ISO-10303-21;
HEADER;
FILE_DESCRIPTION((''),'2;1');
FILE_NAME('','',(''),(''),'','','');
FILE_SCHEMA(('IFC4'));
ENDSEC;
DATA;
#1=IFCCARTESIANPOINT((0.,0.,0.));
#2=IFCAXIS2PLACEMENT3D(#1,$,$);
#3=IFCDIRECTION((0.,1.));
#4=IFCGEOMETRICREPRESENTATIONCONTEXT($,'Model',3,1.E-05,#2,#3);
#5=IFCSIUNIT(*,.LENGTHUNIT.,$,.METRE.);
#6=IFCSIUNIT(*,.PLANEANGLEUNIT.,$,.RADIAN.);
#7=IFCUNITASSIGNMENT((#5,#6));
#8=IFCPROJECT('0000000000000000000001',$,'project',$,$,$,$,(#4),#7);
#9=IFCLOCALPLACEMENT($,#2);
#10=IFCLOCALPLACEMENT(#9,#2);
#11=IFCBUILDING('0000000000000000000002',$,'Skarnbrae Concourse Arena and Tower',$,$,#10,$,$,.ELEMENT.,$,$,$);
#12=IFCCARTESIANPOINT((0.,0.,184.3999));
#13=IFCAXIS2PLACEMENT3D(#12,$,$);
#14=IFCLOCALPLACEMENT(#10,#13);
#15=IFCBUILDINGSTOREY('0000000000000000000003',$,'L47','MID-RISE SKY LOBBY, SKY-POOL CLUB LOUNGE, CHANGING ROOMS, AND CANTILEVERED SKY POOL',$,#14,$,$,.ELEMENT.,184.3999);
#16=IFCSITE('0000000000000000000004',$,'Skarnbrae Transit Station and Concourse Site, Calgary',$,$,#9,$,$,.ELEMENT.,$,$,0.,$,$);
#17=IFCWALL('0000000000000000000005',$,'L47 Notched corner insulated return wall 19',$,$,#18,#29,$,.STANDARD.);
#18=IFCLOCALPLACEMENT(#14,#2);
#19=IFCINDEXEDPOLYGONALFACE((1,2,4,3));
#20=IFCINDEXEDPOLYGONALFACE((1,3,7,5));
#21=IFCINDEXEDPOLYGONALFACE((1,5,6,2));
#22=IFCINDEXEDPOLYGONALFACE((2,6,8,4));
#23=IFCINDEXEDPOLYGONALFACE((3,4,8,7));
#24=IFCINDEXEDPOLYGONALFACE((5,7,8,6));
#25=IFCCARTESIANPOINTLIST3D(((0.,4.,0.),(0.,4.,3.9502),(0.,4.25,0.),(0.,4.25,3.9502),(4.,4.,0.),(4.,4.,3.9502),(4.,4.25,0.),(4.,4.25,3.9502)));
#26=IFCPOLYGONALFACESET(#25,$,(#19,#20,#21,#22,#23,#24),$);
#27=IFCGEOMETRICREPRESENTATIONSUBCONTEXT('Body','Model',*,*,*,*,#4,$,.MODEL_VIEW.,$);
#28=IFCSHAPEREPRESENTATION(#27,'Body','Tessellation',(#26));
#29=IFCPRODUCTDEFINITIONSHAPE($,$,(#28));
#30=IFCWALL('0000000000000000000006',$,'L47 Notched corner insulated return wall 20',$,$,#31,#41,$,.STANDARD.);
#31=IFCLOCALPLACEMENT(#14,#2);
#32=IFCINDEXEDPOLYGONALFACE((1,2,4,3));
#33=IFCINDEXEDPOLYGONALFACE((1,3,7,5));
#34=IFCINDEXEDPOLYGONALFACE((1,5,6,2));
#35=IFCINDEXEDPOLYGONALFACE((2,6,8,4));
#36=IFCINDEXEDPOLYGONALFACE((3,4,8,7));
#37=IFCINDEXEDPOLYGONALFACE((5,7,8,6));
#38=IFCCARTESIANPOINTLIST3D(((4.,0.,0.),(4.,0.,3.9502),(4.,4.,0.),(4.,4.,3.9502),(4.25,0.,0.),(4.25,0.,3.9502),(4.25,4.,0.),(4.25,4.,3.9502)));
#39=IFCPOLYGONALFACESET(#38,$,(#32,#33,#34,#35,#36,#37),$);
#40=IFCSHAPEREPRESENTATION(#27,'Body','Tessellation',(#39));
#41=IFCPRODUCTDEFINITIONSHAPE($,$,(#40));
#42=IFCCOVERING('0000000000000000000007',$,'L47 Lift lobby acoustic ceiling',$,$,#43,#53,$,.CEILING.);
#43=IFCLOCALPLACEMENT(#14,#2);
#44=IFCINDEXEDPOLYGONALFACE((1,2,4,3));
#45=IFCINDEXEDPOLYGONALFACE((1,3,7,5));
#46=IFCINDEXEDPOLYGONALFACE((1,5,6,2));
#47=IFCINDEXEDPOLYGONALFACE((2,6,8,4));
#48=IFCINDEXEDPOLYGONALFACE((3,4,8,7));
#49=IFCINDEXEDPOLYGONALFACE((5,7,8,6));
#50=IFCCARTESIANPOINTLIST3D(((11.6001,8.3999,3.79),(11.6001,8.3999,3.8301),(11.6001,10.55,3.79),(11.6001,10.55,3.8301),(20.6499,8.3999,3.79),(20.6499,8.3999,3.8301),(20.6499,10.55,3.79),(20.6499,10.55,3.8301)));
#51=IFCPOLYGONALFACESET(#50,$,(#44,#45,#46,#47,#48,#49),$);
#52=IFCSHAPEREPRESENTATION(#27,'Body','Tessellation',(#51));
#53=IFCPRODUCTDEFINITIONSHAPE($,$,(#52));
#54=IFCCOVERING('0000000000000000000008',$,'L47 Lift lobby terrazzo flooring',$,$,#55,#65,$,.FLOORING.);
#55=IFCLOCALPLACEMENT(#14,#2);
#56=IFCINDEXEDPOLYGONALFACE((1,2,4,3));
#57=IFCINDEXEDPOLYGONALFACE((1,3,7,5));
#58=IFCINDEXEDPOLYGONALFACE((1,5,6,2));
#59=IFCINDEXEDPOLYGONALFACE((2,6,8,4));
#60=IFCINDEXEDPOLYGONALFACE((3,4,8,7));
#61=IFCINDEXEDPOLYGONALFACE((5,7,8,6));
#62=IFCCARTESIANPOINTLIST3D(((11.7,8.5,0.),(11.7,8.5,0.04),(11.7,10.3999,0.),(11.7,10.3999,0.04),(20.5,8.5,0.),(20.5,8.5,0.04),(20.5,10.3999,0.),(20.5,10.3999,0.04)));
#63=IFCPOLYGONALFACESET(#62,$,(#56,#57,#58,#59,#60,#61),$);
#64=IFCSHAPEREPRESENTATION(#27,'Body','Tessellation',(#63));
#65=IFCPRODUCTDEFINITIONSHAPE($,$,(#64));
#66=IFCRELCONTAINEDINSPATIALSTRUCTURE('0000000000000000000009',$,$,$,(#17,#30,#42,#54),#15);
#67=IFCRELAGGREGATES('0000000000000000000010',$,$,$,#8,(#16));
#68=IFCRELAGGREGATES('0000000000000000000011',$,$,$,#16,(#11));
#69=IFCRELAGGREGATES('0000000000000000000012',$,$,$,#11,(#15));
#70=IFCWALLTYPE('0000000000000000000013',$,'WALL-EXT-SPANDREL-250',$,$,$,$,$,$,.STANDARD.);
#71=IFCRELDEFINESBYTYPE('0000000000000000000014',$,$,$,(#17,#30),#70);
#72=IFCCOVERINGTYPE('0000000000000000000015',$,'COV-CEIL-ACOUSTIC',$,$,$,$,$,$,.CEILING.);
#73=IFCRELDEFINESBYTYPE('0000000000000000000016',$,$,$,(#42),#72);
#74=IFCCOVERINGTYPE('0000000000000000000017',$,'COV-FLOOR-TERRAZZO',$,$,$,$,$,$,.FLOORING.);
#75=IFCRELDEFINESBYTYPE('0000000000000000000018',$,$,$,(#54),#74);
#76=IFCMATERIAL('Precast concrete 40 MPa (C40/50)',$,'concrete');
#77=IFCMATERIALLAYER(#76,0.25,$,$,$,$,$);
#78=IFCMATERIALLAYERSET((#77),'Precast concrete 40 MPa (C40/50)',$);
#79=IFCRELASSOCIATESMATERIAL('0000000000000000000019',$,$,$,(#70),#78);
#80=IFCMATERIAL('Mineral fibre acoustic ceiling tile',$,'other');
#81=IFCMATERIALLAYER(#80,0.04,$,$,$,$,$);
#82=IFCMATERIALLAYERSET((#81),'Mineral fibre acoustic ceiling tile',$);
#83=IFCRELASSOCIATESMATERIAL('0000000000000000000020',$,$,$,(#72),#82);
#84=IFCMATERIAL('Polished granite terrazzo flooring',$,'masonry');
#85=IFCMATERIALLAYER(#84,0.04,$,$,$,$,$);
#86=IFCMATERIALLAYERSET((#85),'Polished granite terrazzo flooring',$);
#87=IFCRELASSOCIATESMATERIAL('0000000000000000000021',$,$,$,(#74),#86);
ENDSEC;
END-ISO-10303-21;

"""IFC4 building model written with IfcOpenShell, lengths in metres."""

from ifc_helpers import new_model, si_unit, direction, frame, frame_2d, origin, place, context, subcontext, project, spatial, polyline, rectangle, outline, extrude, source, transform, mapped, material, layer, layer_set, type_object, element, save


model = new_model("IFC4")

# Units and contexts
model_context = context("Model", 3, precision=1e-05, world=origin(), true_north=direction((0.0, 1.0)))
body_context = subcontext(model_context, "Body", "Model", "MODEL_VIEW")
ifc_project = project(units=[si_unit("LENGTHUNIT", "METRE"), si_unit("PLANEANGLEUNIT", "RADIAN")], contexts=[model_context])

# Site, building, storey
site_placement = place(None, origin())
site = spatial("IfcSite", under=ifc_project, at=site_placement, Name="Skarnbrae Transit Station and Concourse Site, Calgary", CompositionType="ELEMENT", RefElevation=0.0)
building_placement = place(site_placement, origin())
building = spatial("IfcBuilding", under=site, at=building_placement, Name="Skarnbrae Concourse Arena and Tower", CompositionType="ELEMENT")
storey_placement = place(building_placement, frame((0.0, 0.0, 184.3999)))
storey = spatial("IfcBuildingStorey", under=building, at=storey_placement, Name="L47", Description="MID-RISE SKY LOBBY, SKY-POOL CLUB LOUNGE, CHANGING ROOMS, AND CANTILEVERED SKY POOL", CompositionType="ELEMENT", Elevation=184.3999)

# Walls
ifc_material_1 = material(Name="Precast concrete 40 MPa (C40/50)", Category="concrete")
ifc_layer_1 = layer(ifc_material_1, 0.25)
ifc_layer_set_1 = layer_set([ifc_layer_1], Name="Precast concrete 40 MPa (C40/50)")
wall_type_1 = type_object("IfcWallType", Name="WALL-EXT-SPANDREL-250", PredefinedType="STANDARD", material=ifc_layer_set_1)
shared_shape_1 = source(origin(), body_context, "Body", "SweptSolid", [
    extrude(rectangle(XDim=4.0, YDim=0.25, at=frame_2d((2.0, 0.0))), origin(), (0.0, 0.0, 1.0), 3.9502),
])
for number, where, z_axis, x_axis, name in (
    (1, (0.0, 4.125, 0.0), (0.0, 0.0, 1.0), (1.0, 0.0, 0.0), "L47 Notched corner insulated return wall 19"),
    (2, (4.125, 4.0, 0.0), (0.0, 0.0, 1.0), (0.0, -1.0, 0.0), "L47 Notched corner insulated return wall 20"),
):
    element("IfcWall", number, at=place(storey_placement, frame(where, z_axis=z_axis, x_axis=x_axis)), inside=storey, type_object=wall_type_1, Name=name, PredefinedType="STANDARD", context=body_context, shape_type="MappedRepresentation", body=[
        mapped(shared_shape_1, transform((0.0, 0.0, 0.0))),
    ])

# Coverings
ifc_material_2 = material(Name="Mineral fibre acoustic ceiling tile", Category="other")
ifc_layer_2 = layer(ifc_material_2, 0.04)
ifc_layer_set_2 = layer_set([ifc_layer_2], Name="Mineral fibre acoustic ceiling tile")
covering_type_1 = type_object("IfcCoveringType", Name="COV-CEIL-ACOUSTIC", PredefinedType="CEILING", material=ifc_layer_set_2)
covering_1_placement = place(storey_placement, frame((0.0, 0.0, 3.79)))
element("IfcCovering", 3, at=covering_1_placement, inside=storey, type_object=covering_type_1, Name="L47 Lift lobby acoustic ceiling", PredefinedType="CEILING", context=body_context, shape_type="SweptSolid", body=[
    extrude(outline(polyline([(11.6001, 8.3999), (20.6499, 8.3999), (20.6499, 10.55), (11.6001, 10.55), (11.6001, 8.3999)])), origin(), (0.0, 0.0, 1.0), 0.04),
])
ifc_material_3 = material(Name="Polished granite terrazzo flooring", Category="masonry")
ifc_layer_3 = layer(ifc_material_3, 0.04)
ifc_layer_set_3 = layer_set([ifc_layer_3], Name="Polished granite terrazzo flooring")
covering_type_2 = type_object("IfcCoveringType", Name="COV-FLOOR-TERRAZZO", PredefinedType="FLOORING", material=ifc_layer_set_3)
covering_2_placement = place(storey_placement, origin())
element("IfcCovering", 4, at=covering_2_placement, inside=storey, type_object=covering_type_2, Name="L47 Lift lobby terrazzo flooring", PredefinedType="FLOORING", context=body_context, shape_type="SweptSolid", body=[
    extrude(outline(polyline([(11.7, 8.5), (20.5, 8.5), (20.5, 10.3999), (11.7, 10.3999), (11.7, 8.5)])), origin(), (0.0, 0.0, 1.0), 0.04),
])

save(model, "model.ifc")
